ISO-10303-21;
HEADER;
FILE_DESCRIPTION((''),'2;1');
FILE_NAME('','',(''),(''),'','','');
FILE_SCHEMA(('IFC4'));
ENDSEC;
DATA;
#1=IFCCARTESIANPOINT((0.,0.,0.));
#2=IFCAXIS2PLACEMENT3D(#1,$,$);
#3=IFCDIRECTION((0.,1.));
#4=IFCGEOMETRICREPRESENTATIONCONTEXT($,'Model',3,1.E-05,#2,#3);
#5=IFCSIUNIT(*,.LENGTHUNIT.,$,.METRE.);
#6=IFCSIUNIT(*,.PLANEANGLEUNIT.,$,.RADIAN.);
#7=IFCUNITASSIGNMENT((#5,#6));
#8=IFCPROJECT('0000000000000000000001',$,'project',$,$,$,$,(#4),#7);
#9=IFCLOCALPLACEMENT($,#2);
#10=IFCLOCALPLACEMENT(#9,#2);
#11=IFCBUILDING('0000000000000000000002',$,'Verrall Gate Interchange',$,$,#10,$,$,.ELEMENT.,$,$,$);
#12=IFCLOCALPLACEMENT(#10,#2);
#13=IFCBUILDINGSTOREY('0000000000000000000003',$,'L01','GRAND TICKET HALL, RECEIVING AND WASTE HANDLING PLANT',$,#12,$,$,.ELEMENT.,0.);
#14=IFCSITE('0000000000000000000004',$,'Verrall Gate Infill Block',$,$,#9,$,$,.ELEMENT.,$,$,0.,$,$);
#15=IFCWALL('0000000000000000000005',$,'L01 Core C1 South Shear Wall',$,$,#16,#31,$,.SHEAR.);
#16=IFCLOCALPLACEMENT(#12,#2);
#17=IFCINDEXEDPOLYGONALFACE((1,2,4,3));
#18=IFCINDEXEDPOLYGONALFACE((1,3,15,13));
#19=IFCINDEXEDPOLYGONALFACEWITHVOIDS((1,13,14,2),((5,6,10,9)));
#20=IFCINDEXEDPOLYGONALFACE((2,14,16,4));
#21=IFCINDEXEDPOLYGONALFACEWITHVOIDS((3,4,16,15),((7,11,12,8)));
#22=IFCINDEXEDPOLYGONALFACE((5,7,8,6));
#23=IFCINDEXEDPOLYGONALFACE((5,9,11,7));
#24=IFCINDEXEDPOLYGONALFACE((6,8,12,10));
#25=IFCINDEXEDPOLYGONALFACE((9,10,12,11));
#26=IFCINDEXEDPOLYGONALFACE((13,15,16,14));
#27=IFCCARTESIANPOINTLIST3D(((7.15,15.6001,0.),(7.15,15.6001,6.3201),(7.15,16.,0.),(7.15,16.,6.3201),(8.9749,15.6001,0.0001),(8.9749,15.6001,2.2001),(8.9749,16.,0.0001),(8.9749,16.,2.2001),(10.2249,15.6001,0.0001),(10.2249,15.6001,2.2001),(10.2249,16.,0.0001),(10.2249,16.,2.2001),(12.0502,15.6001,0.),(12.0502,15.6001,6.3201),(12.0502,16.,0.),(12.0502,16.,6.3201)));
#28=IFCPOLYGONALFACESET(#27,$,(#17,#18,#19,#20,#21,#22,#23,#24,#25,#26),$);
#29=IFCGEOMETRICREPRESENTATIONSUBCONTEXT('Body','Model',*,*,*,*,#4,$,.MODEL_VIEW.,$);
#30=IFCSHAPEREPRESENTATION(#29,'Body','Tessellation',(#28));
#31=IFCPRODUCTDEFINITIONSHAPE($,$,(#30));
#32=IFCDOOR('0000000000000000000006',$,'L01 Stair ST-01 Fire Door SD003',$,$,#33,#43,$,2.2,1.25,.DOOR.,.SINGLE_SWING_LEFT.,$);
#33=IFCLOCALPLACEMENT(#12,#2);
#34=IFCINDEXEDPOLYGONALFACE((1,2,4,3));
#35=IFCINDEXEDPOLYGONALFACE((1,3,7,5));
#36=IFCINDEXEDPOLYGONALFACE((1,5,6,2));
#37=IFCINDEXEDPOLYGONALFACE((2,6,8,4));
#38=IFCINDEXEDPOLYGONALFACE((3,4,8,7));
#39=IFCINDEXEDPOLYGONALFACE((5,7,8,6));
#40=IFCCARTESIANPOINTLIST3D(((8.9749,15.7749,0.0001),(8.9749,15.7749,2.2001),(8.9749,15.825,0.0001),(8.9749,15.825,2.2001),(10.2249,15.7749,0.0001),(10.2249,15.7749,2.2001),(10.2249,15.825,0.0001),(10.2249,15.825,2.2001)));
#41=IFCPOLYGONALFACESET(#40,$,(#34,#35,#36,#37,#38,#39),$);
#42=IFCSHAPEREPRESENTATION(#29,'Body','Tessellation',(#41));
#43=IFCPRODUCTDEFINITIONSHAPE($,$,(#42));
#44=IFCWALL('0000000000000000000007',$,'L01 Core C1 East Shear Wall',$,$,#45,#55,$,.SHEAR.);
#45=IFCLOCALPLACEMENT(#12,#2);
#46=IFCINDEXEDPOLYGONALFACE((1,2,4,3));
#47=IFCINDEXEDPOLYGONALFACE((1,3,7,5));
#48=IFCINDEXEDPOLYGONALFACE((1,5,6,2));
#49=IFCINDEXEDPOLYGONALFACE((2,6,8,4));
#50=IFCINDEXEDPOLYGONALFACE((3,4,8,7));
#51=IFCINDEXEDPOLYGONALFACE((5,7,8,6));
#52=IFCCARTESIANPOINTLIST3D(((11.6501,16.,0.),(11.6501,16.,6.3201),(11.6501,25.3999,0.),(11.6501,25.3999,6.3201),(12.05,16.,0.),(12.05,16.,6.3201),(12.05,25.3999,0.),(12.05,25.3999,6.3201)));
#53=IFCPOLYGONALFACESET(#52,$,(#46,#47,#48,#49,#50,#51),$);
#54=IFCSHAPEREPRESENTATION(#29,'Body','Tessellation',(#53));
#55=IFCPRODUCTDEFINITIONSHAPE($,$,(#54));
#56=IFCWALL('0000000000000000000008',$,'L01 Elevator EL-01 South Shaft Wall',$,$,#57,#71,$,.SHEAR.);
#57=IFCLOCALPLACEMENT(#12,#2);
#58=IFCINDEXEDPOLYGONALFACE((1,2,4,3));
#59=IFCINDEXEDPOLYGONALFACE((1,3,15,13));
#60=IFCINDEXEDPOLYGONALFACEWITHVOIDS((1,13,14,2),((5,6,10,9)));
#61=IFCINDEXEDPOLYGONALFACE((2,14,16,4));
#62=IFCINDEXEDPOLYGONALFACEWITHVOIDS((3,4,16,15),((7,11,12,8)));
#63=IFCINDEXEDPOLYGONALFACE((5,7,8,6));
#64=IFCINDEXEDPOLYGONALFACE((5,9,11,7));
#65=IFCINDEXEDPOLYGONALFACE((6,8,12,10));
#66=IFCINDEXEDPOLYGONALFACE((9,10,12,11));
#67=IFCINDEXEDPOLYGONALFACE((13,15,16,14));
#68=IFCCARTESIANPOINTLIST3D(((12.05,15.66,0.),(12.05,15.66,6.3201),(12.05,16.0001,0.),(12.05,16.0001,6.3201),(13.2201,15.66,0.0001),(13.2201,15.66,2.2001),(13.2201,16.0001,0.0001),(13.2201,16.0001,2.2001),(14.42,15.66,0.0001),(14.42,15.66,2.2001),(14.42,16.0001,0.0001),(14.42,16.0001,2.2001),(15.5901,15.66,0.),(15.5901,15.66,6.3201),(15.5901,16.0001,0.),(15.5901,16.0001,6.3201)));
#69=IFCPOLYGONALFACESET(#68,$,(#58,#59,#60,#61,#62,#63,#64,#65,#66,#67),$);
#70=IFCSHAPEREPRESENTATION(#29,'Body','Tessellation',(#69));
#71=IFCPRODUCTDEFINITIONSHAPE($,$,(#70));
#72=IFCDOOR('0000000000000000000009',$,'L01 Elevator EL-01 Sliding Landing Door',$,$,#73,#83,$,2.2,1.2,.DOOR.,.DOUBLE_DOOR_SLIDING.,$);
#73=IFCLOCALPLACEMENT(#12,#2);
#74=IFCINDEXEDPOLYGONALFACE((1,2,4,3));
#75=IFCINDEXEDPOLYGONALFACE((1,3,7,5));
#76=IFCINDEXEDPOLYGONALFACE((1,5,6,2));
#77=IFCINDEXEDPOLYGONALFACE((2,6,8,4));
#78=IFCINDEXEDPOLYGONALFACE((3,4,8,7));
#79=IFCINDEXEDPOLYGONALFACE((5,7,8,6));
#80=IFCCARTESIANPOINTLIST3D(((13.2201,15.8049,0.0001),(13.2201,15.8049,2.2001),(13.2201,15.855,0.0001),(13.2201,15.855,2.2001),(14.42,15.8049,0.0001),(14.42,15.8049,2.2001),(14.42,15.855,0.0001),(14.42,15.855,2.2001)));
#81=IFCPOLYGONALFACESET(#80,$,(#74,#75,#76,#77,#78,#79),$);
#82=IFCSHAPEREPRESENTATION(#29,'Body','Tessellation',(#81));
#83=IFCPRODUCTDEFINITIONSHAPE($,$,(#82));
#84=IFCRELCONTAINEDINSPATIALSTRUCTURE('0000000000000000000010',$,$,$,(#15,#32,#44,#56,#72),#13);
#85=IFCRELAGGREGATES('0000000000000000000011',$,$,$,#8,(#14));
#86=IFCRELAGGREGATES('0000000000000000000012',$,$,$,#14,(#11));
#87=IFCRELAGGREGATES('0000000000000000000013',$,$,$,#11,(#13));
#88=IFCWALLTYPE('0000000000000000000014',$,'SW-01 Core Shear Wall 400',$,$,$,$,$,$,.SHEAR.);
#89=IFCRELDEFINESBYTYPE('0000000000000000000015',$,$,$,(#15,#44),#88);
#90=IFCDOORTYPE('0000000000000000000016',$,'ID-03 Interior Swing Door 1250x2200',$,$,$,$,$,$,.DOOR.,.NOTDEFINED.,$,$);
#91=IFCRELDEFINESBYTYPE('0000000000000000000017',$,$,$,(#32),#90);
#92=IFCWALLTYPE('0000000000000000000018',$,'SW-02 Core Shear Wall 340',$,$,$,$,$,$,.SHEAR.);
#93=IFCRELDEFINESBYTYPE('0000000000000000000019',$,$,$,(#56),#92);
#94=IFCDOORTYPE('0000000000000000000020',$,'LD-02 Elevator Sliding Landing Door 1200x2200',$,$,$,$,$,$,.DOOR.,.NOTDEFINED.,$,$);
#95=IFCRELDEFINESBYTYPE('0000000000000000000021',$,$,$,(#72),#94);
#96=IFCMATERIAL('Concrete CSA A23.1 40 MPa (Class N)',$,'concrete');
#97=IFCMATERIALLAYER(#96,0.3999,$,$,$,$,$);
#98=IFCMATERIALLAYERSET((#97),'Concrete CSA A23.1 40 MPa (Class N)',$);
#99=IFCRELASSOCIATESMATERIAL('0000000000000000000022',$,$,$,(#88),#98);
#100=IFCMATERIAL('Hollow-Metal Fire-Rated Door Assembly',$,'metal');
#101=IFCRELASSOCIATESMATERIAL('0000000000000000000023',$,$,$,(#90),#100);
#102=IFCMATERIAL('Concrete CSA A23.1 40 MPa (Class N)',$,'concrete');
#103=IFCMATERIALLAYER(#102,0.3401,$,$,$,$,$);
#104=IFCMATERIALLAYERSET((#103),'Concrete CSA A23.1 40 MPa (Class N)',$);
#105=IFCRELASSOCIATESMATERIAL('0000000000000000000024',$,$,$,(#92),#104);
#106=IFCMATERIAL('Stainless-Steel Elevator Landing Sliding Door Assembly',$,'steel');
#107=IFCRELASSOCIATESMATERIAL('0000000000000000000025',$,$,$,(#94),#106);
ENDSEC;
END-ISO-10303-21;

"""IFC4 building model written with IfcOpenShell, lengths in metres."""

from ifc_helpers import new_model, si_unit, direction, frame, frame_2d, origin, place, context, subcontext, project, spatial, rectangle, extrude, material, layer, layer_set, type_object, element, fill, save


model = new_model("IFC4")

# Units and contexts
model_context = context("Model", 3, precision=1e-05, world=origin(), true_north=direction((0.0, 1.0)))
body_context = subcontext(model_context, "Body", "Model", "MODEL_VIEW")
ifc_project = project(units=[si_unit("LENGTHUNIT", "METRE"), si_unit("PLANEANGLEUNIT", "RADIAN")], contexts=[model_context])

# Site, building, storey
site_placement = place(None, origin())
site = spatial("IfcSite", under=ifc_project, at=site_placement, Name="Verrall Gate Infill Block", CompositionType="ELEMENT", RefElevation=0.0)
building_placement = place(site_placement, origin())
building = spatial("IfcBuilding", under=site, at=building_placement, Name="Verrall Gate Interchange", CompositionType="ELEMENT")
storey_placement = place(building_placement, origin())
storey = spatial("IfcBuildingStorey", under=building, at=storey_placement, Name="L01", Description="GRAND TICKET HALL, RECEIVING AND WASTE HANDLING PLANT", CompositionType="ELEMENT", Elevation=0.0)

# Wall, opening, door
ifc_material_1 = material(Name="Concrete CSA A23.1 40 MPa (Class N)", Category="concrete")
ifc_layer_1 = layer(ifc_material_1, 0.3999)
ifc_layer_set_1 = layer_set([ifc_layer_1], Name="Concrete CSA A23.1 40 MPa (Class N)")
wall_type_1 = type_object("IfcWallType", Name="SW-01 Core Shear Wall 400", PredefinedType="SHEAR", material=ifc_layer_set_1)
wall_1_placement = place(storey_placement, frame((7.1499, 15.8, 0.0), z_axis=(0.0, 0.0, 1.0), x_axis=(1.0, 0.0, 0.0)))
wall_1 = element("IfcWall", 1, at=wall_1_placement, inside=storey, type_object=wall_type_1, Name="L01 Core C1 South Shear Wall", PredefinedType="SHEAR", context=body_context, shape_type="SweptSolid", body=[
    extrude(rectangle(XDim=4.9001, YDim=0.3999, at=frame_2d((2.4502, 0.0))), origin(), (0.0, 0.0, 1.0), 6.3201),
])
opening_1_placement = place(wall_1_placement, frame((1.825, 0.0, 0.0)))
opening_1 = element("IfcOpeningElement", 2, at=opening_1_placement, cuts=wall_1, PredefinedType="OPENING", context=body_context, shape_type="SweptSolid", body=[
    extrude(rectangle(XDim=1.25, YDim=2.2, at=frame_2d((0.625, 1.1001))), frame((0.0, 0.2148, 0.0), z_axis=(0.0, -1.0, 0.0), x_axis=(1.0, 0.0, 0.0)), (0.0, 0.0, 1.0), 0.4297),
])
ifc_material_2 = material(Name="Hollow-Metal Fire-Rated Door Assembly", Category="metal")
door_type_1 = type_object("IfcDoorType", Name="ID-03 Interior Swing Door 1250x2200", OperationType="NOTDEFINED", PredefinedType="DOOR", material=ifc_material_2)
door_1_placement = place(opening_1_placement, origin())
door_1 = element("IfcDoor", 3, at=door_1_placement, inside=storey, type_object=door_type_1, Name="L01 Stair ST-01 Fire Door SD003", OperationType="SINGLE_SWING_LEFT", OverallHeight=2.2, OverallWidth=1.25, PredefinedType="DOOR", context=body_context, shape_type="SweptSolid", body=[
    extrude(rectangle(XDim=1.25, YDim=2.2, at=frame_2d((0.625, 1.1001))), frame((0.0, 0.0249, 0.0), z_axis=(0.0, -1.0, 0.0), x_axis=(1.0, 0.0, 0.0)), (0.0, 0.0, 1.0), 0.05),
])
fill(opening_1, door_1)

# Wall
wall_2_placement = place(storey_placement, frame((11.8501, 16.0, 0.0), z_axis=(0.0, 0.0, 1.0), x_axis=(0.0, 1.0, 0.0)))
element("IfcWall", 4, at=wall_2_placement, inside=storey, type_object=wall_type_1, Name="L01 Core C1 East Shear Wall", PredefinedType="SHEAR", context=body_context, shape_type="SweptSolid", body=[
    extrude(rectangle(XDim=9.3999, YDim=0.3999, at=frame_2d((4.7, 0.0))), origin(), (0.0, 0.0, 1.0), 6.3201),
])

# Wall, opening, door
ifc_material_3 = material(Name="Concrete CSA A23.1 40 MPa (Class N)", Category="concrete")
ifc_layer_2 = layer(ifc_material_3, 0.3401)
ifc_layer_set_2 = layer_set([ifc_layer_2], Name="Concrete CSA A23.1 40 MPa (Class N)")
wall_type_2 = type_object("IfcWallType", Name="SW-02 Core Shear Wall 340", PredefinedType="SHEAR", material=ifc_layer_set_2)
wall_3_placement = place(storey_placement, frame((12.05, 15.8301, 0.0), z_axis=(0.0, 0.0, 1.0), x_axis=(1.0, 0.0, 0.0)))
wall_3 = element("IfcWall", 5, at=wall_3_placement, inside=storey, type_object=wall_type_2, Name="L01 Elevator EL-01 South Shaft Wall", PredefinedType="SHEAR", context=body_context, shape_type="SweptSolid", body=[
    extrude(rectangle(XDim=3.54, YDim=0.3401, at=frame_2d((1.77, 0.0))), origin(), (0.0, 0.0, 1.0), 6.3201),
])
opening_2_placement = place(wall_3_placement, frame((1.1699, 0.0, 0.0)))
opening_2 = element("IfcOpeningElement", 6, at=opening_2_placement, cuts=wall_3, PredefinedType="OPENING", context=body_context, shape_type="SweptSolid", body=[
    extrude(rectangle(XDim=1.2, YDim=2.2, at=frame_2d((0.6001, 1.1001))), frame((0.0, 0.1851, 0.0), z_axis=(0.0, -1.0, 0.0), x_axis=(1.0, 0.0, 0.0)), (0.0, 0.0, 1.0), 0.3699),
])
ifc_material_4 = material(Name="Stainless-Steel Elevator Landing Sliding Door Assembly", Category="steel")
door_type_2 = type_object("IfcDoorType", Name="LD-02 Elevator Sliding Landing Door 1200x2200", OperationType="NOTDEFINED", PredefinedType="DOOR", material=ifc_material_4)
door_2_placement = place(opening_2_placement, origin())
door_2 = element("IfcDoor", 7, at=door_2_placement, inside=storey, type_object=door_type_2, Name="L01 Elevator EL-01 Sliding Landing Door", OperationType="DOUBLE_DOOR_SLIDING", OverallHeight=2.2, OverallWidth=1.2, PredefinedType="DOOR", context=body_context, shape_type="SweptSolid", body=[
    extrude(rectangle(XDim=1.2, YDim=2.2, at=frame_2d((0.6001, 1.1001))), frame((0.0, 0.0249, 0.0), z_axis=(0.0, -1.0, 0.0), x_axis=(1.0, 0.0, 0.0)), (0.0, 0.0, 1.0), 0.05),
])
fill(opening_2, door_2)

save(model, "model.ifc")
